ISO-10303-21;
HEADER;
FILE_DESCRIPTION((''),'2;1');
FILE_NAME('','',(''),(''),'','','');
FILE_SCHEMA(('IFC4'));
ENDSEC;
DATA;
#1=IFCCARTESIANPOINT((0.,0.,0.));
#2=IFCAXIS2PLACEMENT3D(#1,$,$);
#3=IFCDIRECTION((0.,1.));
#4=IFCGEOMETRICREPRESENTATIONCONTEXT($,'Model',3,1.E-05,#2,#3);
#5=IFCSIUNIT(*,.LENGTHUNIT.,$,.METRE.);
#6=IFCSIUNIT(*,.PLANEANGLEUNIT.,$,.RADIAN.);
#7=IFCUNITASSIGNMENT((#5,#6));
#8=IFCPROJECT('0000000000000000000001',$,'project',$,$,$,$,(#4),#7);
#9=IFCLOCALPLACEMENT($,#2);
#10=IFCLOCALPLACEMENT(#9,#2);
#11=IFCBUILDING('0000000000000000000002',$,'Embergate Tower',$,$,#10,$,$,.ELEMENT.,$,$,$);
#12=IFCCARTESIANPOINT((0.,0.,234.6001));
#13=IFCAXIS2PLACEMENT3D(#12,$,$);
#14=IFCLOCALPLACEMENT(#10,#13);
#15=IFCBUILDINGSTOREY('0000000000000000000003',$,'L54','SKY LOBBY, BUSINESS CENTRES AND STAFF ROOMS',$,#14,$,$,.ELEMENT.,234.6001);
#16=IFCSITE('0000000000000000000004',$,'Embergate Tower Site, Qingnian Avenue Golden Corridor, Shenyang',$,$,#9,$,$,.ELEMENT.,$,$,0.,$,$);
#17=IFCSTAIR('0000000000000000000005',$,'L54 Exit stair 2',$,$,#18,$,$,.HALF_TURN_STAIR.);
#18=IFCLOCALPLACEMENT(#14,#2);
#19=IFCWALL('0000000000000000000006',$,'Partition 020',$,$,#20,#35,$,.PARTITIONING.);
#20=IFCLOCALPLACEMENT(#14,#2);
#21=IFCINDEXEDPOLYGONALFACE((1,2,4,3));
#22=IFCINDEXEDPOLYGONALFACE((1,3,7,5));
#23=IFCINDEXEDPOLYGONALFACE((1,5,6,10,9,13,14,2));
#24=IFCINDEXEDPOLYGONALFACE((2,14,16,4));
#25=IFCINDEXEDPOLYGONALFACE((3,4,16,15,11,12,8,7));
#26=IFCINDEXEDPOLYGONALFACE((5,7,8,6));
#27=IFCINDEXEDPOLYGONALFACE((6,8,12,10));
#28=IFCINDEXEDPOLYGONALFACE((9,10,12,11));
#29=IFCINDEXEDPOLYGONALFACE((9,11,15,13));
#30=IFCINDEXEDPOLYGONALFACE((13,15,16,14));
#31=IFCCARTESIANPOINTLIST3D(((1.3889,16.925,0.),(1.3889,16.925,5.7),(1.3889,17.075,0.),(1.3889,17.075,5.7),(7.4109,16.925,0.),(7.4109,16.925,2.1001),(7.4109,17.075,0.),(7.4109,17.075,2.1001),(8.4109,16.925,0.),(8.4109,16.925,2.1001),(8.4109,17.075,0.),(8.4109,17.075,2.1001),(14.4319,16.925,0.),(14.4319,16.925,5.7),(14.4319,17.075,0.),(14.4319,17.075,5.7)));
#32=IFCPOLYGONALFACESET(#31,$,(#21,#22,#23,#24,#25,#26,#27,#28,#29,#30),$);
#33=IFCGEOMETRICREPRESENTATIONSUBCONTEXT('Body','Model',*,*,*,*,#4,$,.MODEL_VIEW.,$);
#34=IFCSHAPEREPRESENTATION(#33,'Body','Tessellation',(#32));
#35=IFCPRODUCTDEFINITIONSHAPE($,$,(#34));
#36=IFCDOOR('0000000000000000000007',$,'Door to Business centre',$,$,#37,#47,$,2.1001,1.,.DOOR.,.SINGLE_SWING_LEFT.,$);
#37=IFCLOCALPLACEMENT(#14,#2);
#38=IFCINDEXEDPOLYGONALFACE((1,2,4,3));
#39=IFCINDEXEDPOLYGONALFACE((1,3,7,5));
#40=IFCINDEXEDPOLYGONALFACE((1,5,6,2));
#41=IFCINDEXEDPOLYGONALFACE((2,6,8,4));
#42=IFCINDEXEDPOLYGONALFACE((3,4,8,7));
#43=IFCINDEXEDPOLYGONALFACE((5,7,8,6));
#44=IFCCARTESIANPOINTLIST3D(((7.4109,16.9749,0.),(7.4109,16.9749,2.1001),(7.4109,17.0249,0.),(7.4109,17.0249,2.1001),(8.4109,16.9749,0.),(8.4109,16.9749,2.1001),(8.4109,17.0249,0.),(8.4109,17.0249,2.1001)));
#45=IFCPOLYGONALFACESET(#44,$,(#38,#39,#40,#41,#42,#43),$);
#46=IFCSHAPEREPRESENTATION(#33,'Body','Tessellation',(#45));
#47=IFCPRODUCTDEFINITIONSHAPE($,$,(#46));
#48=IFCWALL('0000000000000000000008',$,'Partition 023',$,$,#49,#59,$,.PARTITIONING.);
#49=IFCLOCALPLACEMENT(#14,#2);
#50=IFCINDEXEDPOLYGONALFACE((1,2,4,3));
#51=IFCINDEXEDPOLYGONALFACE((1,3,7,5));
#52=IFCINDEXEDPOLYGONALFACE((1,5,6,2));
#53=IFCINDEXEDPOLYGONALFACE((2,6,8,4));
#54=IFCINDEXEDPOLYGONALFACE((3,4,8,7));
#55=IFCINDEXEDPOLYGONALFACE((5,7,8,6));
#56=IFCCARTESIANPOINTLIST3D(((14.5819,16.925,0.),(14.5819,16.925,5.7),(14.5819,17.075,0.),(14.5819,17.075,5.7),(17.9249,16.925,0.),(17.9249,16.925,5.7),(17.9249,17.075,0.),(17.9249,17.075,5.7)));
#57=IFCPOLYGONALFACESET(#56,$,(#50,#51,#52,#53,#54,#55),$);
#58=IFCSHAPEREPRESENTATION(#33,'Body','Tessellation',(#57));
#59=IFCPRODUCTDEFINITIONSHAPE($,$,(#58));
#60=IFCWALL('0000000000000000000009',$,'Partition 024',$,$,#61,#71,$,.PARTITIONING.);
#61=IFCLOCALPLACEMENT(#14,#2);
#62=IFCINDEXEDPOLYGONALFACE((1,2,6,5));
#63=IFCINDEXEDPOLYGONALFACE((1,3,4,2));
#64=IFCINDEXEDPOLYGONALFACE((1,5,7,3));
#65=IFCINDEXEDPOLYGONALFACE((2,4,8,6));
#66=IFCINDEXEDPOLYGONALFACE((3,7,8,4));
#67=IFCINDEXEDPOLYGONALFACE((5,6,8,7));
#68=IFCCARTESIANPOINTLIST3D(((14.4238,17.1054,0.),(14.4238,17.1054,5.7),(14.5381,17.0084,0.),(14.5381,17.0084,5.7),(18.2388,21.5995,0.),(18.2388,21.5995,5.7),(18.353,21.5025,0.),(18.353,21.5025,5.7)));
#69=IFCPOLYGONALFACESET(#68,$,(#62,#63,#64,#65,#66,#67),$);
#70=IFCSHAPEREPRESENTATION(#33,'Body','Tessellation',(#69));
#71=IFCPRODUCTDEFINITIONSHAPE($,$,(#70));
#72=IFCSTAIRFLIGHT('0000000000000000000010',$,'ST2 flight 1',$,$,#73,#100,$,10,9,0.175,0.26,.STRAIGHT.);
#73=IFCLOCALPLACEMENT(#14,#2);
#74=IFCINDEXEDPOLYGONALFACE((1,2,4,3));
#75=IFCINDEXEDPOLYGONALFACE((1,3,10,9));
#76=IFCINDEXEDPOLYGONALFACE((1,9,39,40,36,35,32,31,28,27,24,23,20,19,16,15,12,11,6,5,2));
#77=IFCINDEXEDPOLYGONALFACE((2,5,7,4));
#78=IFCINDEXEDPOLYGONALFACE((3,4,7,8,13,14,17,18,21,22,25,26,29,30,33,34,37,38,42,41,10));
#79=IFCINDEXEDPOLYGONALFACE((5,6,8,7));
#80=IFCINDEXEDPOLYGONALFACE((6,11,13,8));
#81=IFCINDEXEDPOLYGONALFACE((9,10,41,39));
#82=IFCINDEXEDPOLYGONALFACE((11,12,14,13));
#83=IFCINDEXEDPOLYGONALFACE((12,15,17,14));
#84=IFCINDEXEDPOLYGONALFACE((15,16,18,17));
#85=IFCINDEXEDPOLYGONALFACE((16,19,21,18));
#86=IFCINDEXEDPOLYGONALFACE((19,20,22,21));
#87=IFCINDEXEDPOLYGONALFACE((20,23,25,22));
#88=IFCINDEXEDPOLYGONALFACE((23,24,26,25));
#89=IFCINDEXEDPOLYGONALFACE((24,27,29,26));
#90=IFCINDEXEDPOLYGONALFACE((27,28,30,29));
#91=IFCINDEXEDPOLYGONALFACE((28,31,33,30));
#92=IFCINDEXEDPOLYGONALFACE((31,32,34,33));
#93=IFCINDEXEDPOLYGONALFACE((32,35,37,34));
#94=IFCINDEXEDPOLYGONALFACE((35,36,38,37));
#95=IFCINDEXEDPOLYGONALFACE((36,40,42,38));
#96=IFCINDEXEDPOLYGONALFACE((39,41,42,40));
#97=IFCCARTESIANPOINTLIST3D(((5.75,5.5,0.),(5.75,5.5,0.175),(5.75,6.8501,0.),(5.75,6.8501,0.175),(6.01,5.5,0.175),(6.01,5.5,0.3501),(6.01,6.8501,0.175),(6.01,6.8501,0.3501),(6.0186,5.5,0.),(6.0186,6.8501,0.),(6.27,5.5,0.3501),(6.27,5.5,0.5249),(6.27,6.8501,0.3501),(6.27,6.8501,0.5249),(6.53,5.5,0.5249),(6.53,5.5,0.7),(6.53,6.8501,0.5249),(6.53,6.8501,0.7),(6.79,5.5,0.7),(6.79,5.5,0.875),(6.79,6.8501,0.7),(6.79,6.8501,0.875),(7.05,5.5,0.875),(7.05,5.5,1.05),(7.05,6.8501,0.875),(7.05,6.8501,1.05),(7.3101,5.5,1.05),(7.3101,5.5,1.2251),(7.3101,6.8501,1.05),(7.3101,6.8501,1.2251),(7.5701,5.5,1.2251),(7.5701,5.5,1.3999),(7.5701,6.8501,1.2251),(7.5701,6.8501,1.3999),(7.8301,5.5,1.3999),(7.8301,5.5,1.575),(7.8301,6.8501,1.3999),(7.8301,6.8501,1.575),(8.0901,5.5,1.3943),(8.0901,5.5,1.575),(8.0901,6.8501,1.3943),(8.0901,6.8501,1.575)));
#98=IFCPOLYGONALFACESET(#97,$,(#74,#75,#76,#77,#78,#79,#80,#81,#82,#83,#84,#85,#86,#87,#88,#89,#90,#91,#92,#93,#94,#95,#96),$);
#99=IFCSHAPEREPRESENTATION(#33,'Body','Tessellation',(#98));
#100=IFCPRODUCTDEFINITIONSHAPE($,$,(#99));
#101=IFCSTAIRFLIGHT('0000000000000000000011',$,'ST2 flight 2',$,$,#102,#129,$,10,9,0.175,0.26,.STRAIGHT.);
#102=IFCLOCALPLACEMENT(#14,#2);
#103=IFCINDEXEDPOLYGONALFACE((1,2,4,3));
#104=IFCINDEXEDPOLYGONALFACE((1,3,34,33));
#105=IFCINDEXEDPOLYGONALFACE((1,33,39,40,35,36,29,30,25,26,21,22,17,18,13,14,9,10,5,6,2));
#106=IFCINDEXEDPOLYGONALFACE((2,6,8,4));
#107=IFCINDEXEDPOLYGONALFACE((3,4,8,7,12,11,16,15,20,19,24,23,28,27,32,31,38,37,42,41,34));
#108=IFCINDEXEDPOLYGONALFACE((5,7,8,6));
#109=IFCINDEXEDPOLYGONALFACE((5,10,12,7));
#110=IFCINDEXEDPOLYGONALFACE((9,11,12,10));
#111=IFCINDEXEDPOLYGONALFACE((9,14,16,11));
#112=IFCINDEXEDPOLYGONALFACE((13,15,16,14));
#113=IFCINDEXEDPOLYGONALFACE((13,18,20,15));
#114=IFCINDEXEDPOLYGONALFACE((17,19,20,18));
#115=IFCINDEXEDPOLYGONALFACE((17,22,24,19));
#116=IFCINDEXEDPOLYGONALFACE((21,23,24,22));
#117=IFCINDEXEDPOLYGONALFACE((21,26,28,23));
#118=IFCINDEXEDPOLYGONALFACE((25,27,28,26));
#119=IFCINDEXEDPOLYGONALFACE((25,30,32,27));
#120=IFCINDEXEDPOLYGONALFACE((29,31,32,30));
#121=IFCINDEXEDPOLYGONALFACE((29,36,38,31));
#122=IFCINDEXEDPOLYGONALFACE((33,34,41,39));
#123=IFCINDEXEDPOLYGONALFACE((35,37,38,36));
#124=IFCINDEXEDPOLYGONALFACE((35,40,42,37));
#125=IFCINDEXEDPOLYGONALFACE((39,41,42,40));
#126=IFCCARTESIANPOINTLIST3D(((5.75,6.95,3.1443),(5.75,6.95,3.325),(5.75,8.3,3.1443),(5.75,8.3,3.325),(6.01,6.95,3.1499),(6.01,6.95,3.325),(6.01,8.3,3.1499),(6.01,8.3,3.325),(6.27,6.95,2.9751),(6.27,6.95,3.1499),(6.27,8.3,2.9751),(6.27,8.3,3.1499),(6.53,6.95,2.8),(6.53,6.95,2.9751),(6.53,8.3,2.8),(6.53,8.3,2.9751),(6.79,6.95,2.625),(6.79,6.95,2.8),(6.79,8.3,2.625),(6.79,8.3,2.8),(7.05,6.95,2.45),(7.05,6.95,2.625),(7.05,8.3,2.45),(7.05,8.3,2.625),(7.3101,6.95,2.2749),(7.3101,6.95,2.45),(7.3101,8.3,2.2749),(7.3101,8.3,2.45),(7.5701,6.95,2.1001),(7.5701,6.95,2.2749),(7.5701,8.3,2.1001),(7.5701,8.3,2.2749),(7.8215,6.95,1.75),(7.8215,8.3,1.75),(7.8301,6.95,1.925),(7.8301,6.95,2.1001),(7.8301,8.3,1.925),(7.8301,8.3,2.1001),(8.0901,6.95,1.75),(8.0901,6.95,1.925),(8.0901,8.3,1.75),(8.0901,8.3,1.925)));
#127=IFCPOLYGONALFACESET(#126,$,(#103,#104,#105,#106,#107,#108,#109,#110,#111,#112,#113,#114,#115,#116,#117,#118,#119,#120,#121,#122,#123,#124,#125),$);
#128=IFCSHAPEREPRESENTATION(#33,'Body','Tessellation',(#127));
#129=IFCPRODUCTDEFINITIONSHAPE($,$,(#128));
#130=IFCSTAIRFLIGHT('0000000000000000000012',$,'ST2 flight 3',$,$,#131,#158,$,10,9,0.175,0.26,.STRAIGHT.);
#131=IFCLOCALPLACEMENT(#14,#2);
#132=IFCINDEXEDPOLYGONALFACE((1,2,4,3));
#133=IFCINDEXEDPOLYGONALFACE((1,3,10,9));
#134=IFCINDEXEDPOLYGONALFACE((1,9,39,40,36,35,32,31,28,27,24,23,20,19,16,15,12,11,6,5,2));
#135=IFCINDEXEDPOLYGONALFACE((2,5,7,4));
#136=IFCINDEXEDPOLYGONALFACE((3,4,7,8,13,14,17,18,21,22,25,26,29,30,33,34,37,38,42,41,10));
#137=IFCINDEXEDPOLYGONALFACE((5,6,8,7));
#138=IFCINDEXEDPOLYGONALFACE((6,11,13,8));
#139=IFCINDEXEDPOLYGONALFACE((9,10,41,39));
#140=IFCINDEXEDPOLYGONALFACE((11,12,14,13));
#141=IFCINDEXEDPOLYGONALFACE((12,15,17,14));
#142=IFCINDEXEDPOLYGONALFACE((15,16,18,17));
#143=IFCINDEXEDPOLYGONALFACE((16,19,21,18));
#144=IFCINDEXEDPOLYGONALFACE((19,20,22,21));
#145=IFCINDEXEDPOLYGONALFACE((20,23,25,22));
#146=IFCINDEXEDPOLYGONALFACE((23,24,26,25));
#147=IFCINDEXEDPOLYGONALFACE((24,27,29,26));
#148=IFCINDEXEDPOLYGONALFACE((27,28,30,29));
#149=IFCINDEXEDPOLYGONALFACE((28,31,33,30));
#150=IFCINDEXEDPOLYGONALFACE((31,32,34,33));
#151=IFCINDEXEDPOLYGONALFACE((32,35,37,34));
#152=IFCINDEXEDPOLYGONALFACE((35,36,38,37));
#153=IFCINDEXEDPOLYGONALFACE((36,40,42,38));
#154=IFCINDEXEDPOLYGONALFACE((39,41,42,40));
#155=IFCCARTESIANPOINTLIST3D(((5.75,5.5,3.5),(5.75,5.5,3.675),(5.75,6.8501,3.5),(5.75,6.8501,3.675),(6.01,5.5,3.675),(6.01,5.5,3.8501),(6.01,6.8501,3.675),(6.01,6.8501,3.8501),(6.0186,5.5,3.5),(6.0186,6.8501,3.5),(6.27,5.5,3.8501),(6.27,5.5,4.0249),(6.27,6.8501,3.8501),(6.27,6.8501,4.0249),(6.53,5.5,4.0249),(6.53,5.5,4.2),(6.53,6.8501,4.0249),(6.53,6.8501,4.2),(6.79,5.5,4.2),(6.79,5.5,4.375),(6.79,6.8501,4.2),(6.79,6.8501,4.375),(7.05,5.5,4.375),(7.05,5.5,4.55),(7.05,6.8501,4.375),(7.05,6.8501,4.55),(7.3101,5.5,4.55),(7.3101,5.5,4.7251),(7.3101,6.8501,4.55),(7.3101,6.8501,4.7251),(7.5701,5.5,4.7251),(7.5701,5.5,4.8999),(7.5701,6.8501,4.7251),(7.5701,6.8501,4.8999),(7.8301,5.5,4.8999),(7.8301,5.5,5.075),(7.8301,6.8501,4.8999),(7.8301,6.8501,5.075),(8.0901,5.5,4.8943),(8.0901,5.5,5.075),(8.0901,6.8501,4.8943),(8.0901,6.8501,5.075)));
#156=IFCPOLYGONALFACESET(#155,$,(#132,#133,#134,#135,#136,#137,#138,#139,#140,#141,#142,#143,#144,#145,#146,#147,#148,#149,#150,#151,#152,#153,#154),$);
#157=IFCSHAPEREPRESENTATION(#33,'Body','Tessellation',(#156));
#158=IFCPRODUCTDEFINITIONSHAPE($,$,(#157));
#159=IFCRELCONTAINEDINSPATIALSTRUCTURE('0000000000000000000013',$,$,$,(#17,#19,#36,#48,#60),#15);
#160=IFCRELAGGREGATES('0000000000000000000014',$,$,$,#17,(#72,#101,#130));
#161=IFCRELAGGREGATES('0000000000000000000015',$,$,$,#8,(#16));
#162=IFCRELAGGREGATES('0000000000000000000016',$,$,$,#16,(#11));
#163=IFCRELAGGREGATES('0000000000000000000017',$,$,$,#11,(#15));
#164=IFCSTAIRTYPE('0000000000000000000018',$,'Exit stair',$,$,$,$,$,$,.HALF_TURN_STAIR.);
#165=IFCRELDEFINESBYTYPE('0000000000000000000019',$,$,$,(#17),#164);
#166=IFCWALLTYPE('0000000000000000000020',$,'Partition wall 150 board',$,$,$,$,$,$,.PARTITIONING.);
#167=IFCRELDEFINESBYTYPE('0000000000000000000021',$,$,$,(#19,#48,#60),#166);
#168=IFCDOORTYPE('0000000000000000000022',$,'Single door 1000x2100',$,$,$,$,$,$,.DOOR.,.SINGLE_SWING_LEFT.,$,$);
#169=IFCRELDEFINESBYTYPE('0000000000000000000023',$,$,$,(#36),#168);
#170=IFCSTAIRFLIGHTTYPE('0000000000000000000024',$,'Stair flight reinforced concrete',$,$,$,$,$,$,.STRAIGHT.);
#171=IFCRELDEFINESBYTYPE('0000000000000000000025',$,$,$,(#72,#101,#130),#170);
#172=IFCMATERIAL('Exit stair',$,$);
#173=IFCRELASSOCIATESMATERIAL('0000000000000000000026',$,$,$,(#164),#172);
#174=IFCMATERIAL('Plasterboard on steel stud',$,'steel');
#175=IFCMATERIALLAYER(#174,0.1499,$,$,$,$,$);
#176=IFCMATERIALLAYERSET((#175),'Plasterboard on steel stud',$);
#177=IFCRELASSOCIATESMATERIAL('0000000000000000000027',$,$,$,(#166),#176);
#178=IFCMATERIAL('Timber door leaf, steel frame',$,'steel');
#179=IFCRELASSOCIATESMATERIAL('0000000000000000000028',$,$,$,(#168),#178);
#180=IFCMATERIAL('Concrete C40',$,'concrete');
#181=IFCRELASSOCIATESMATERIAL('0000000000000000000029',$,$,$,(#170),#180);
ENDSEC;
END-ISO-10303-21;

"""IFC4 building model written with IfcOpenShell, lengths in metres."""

from ifc_helpers import new_model, si_unit, direction, frame, frame_2d, origin, place, context, subcontext, project, spatial, polyline, rectangle, outline, extrude, source, transform, mapped, material, layer, layer_set, type_object, element, fill, aggregate, save


model = new_model("IFC4")

# Units and contexts
model_context = context("Model", 3, precision=1e-05, world=origin(), true_north=direction((0.0, 1.0)))
body_context = subcontext(model_context, "Body", "Model", "MODEL_VIEW")
ifc_project = project(units=[si_unit("LENGTHUNIT", "METRE"), si_unit("PLANEANGLEUNIT", "RADIAN")], contexts=[model_context])

# Site, building, storey
site_placement = place(None, origin())
site = spatial("IfcSite", under=ifc_project, at=site_placement, Name="Embergate Tower Site, Qingnian Avenue Golden Corridor, Shenyang", CompositionType="ELEMENT", RefElevation=0.0)
building_placement = place(site_placement, origin())
building = spatial("IfcBuilding", under=site, at=building_placement, Name="Embergate Tower", CompositionType="ELEMENT")
storey_placement = place(building_placement, frame((0.0, 0.0, 234.6001)))
storey = spatial("IfcBuildingStorey", under=building, at=storey_placement, Name="L54", Description="SKY LOBBY, BUSINESS CENTRES AND STAFF ROOMS", CompositionType="ELEMENT", Elevation=234.6001)

# Stair
ifc_material_1 = material(Name="Exit stair")
stair_type = type_object("IfcStairType", Name="Exit stair", PredefinedType="HALF_TURN_STAIR", material=ifc_material_1)
stair_placement = place(storey_placement, origin())
stair = element("IfcStair", 1, at=stair_placement, inside=storey, type_object=stair_type, Name="L54 Exit stair 2", PredefinedType="HALF_TURN_STAIR")
ifc_material_2 = material(Name="Concrete C40", Category="concrete")

# Shared definitions
ifc_material_3 = material(Name="Plasterboard on steel stud", Category="steel")
ifc_layer_1 = layer(ifc_material_3, 0.1499)
ifc_layer_set_1 = layer_set([ifc_layer_1], Name="Plasterboard on steel stud")
wall_type_1 = type_object("IfcWallType", Name="Partition wall 150 board", PredefinedType="PARTITIONING", material=ifc_layer_set_1)

# Wall, opening, door
shared_shape_1 = source(origin(), body_context, "Body", "SweptSolid", [
    extrude(rectangle(XDim=13.043, YDim=0.1499, at=frame_2d((6.5215, 0.0))), origin(), (0.0, 0.0, 1.0), 5.7),
])
wall_1_placement = place(storey_placement, frame((1.3889, 17.0, 0.0), z_axis=(0.0, 0.0, 1.0), x_axis=(1.0, 0.0, 0.0)))
wall_1 = element("IfcWall", 2, at=wall_1_placement, inside=storey, type_object=wall_type_1, Name="Partition 020", PredefinedType="PARTITIONING", context=body_context, shape_type="MappedRepresentation", body=[
    mapped(shared_shape_1, transform((0.0, 0.0, 0.0))),
])
shared_shape_2 = source(origin(), body_context, "Body", "SweptSolid", [
    extrude(rectangle(XDim=1.0, YDim=2.1001, at=frame_2d((0.5, 1.05))), frame((0.0, 0.085, 0.0), z_axis=(0.0, -1.0, 0.0), x_axis=(1.0, 0.0, 0.0)), (0.0, 0.0, 1.0), 0.1699),
])
opening_1_placement = place(wall_1_placement, frame((6.022, 0.0, 0.0)))
opening_1 = element("IfcOpeningElement", 3, at=opening_1_placement, cuts=wall_1, PredefinedType="OPENING", context=body_context, shape_type="MappedRepresentation", body=[
    mapped(shared_shape_2, transform((0.0, 0.0, 0.0))),
])
ifc_material_4 = material(Name="Timber door leaf, steel frame", Category="steel")
door_type_1 = type_object("IfcDoorType", Name="Single door 1000x2100", OperationType="SINGLE_SWING_LEFT", PredefinedType="DOOR", material=ifc_material_4)
shared_shape_3 = source(origin(), body_context, "Body", "SweptSolid", [
    extrude(rectangle(XDim=1.0, YDim=2.1001, at=frame_2d((0.5, 1.05))), frame((0.0, 0.0249, 0.0), z_axis=(0.0, -1.0, 0.0), x_axis=(1.0, 0.0, 0.0)), (0.0, 0.0, 1.0), 0.05),
])
door_1_placement = place(opening_1_placement, origin())
door_1 = element("IfcDoor", 4, at=door_1_placement, inside=storey, type_object=door_type_1, Name="Door to Business centre", OperationType="SINGLE_SWING_LEFT", OverallHeight=2.1001, OverallWidth=1.0, PredefinedType="DOOR", context=body_context, shape_type="MappedRepresentation", body=[
    mapped(shared_shape_3, transform((0.0, 0.0, 0.0))),
])
fill(opening_1, door_1)

# Walls
shared_shape_4 = source(origin(), body_context, "Body", "SweptSolid", [
    extrude(rectangle(XDim=3.343, YDim=0.1499, at=frame_2d((1.6714, 0.0))), origin(), (0.0, 0.0, 1.0), 5.7),
])
wall_2_placement = place(storey_placement, frame((14.582, 17.0, 0.0), z_axis=(0.0, 0.0, 1.0), x_axis=(1.0, 0.0, 0.0)))
element("IfcWall", 5, at=wall_2_placement, inside=storey, type_object=wall_type_1, Name="Partition 023", PredefinedType="PARTITIONING", context=body_context, shape_type="MappedRepresentation", body=[
    mapped(shared_shape_4, transform((0.0, 0.0, 0.0))),
])
shared_shape_5 = source(origin(), body_context, "Body", "SweptSolid", [
    extrude(rectangle(XDim=5.895, YDim=0.1499, at=frame_2d((2.9475, 0.0))), origin(), (0.0, 0.0, 1.0), 5.7),
])
wall_3_placement = place(storey_placement, frame((14.481, 17.0569, 0.0), z_axis=(0.0, 0.0, 1.0), x_axis=(0.647148, 0.762364, 0.0)))
element("IfcWall", 6, at=wall_3_placement, inside=storey, type_object=wall_type_1, Name="Partition 024", PredefinedType="PARTITIONING", context=body_context, shape_type="MappedRepresentation", body=[
    mapped(shared_shape_5, transform((0.0, 0.0, 0.0))),
])

# Stair flights
stair_flight_type = type_object("IfcStairFlightType", Name="Stair flight reinforced concrete", PredefinedType="STRAIGHT", material=ifc_material_2)
shared_shape_6 = source(origin(), body_context, "Body", "SweptSolid", [
    extrude(outline(polyline([(0.0, 0.0), (0.0, 0.175), (0.26, 0.175), (0.26, 0.3501), (0.52, 0.3501), (0.52, 0.5249), (0.78, 0.5249), (0.78, 0.7), (1.04, 0.7), (1.04, 0.875), (1.3, 0.875), (1.3, 1.05), (1.5601, 1.05), (1.5601, 1.2251), (1.8201, 1.2251), (1.8201, 1.3999), (2.0801, 1.3999), (2.0801, 1.575), (2.3401, 1.575), (2.3401, 1.75), (2.3401, 1.3943), (0.2686, 0.0), (0.0, 0.0)])), frame((0.0, 0.675, 0.0), z_axis=(0.0, -1.0, 0.0), x_axis=(1.0, 0.0, 0.0)), (0.0, 0.0, 1.0), 1.3501),
])
stair_flight_1_placement = place(storey_placement, frame((5.75, 6.175, 0.0), z_axis=(0.0, 0.0, 1.0), x_axis=(1.0, 0.0, 0.0)))
stair_flight_1 = element("IfcStairFlight", 7, at=stair_flight_1_placement, type_object=stair_flight_type, Name="ST2 flight 1", NumberOfRisers=10, NumberOfTreads=9, PredefinedType="STRAIGHT", RiserHeight=0.175, TreadLength=0.26, context=body_context, shape_type="MappedRepresentation", body=[
    mapped(shared_shape_6, transform((0.0, 0.0, 0.0))),
])
stair_flight_2_placement = place(storey_placement, frame((8.0901, 7.625, 1.75), z_axis=(0.0, 0.0, 1.0), x_axis=(-1.0, 0.0, 0.0)))
stair_flight_2 = element("IfcStairFlight", 8, at=stair_flight_2_placement, type_object=stair_flight_type, Name="ST2 flight 2", NumberOfRisers=10, NumberOfTreads=9, PredefinedType="STRAIGHT", RiserHeight=0.175, TreadLength=0.26, context=body_context, shape_type="MappedRepresentation", body=[
    mapped(shared_shape_6, transform((0.0, 0.0, 0.0))),
])
stair_flight_3_placement = place(storey_placement, frame((5.75, 6.175, 3.5), z_axis=(0.0, 0.0, 1.0), x_axis=(1.0, 0.0, 0.0)))
stair_flight_3 = element("IfcStairFlight", 9, at=stair_flight_3_placement, type_object=stair_flight_type, Name="ST2 flight 3", NumberOfRisers=10, NumberOfTreads=9, PredefinedType="STRAIGHT", RiserHeight=0.175, TreadLength=0.26, context=body_context, shape_type="MappedRepresentation", body=[
    mapped(shared_shape_6, transform((0.0, 0.0, 0.0))),
])
aggregate(stair, [stair_flight_1, stair_flight_2, stair_flight_3])

save(model, "model.ifc")
